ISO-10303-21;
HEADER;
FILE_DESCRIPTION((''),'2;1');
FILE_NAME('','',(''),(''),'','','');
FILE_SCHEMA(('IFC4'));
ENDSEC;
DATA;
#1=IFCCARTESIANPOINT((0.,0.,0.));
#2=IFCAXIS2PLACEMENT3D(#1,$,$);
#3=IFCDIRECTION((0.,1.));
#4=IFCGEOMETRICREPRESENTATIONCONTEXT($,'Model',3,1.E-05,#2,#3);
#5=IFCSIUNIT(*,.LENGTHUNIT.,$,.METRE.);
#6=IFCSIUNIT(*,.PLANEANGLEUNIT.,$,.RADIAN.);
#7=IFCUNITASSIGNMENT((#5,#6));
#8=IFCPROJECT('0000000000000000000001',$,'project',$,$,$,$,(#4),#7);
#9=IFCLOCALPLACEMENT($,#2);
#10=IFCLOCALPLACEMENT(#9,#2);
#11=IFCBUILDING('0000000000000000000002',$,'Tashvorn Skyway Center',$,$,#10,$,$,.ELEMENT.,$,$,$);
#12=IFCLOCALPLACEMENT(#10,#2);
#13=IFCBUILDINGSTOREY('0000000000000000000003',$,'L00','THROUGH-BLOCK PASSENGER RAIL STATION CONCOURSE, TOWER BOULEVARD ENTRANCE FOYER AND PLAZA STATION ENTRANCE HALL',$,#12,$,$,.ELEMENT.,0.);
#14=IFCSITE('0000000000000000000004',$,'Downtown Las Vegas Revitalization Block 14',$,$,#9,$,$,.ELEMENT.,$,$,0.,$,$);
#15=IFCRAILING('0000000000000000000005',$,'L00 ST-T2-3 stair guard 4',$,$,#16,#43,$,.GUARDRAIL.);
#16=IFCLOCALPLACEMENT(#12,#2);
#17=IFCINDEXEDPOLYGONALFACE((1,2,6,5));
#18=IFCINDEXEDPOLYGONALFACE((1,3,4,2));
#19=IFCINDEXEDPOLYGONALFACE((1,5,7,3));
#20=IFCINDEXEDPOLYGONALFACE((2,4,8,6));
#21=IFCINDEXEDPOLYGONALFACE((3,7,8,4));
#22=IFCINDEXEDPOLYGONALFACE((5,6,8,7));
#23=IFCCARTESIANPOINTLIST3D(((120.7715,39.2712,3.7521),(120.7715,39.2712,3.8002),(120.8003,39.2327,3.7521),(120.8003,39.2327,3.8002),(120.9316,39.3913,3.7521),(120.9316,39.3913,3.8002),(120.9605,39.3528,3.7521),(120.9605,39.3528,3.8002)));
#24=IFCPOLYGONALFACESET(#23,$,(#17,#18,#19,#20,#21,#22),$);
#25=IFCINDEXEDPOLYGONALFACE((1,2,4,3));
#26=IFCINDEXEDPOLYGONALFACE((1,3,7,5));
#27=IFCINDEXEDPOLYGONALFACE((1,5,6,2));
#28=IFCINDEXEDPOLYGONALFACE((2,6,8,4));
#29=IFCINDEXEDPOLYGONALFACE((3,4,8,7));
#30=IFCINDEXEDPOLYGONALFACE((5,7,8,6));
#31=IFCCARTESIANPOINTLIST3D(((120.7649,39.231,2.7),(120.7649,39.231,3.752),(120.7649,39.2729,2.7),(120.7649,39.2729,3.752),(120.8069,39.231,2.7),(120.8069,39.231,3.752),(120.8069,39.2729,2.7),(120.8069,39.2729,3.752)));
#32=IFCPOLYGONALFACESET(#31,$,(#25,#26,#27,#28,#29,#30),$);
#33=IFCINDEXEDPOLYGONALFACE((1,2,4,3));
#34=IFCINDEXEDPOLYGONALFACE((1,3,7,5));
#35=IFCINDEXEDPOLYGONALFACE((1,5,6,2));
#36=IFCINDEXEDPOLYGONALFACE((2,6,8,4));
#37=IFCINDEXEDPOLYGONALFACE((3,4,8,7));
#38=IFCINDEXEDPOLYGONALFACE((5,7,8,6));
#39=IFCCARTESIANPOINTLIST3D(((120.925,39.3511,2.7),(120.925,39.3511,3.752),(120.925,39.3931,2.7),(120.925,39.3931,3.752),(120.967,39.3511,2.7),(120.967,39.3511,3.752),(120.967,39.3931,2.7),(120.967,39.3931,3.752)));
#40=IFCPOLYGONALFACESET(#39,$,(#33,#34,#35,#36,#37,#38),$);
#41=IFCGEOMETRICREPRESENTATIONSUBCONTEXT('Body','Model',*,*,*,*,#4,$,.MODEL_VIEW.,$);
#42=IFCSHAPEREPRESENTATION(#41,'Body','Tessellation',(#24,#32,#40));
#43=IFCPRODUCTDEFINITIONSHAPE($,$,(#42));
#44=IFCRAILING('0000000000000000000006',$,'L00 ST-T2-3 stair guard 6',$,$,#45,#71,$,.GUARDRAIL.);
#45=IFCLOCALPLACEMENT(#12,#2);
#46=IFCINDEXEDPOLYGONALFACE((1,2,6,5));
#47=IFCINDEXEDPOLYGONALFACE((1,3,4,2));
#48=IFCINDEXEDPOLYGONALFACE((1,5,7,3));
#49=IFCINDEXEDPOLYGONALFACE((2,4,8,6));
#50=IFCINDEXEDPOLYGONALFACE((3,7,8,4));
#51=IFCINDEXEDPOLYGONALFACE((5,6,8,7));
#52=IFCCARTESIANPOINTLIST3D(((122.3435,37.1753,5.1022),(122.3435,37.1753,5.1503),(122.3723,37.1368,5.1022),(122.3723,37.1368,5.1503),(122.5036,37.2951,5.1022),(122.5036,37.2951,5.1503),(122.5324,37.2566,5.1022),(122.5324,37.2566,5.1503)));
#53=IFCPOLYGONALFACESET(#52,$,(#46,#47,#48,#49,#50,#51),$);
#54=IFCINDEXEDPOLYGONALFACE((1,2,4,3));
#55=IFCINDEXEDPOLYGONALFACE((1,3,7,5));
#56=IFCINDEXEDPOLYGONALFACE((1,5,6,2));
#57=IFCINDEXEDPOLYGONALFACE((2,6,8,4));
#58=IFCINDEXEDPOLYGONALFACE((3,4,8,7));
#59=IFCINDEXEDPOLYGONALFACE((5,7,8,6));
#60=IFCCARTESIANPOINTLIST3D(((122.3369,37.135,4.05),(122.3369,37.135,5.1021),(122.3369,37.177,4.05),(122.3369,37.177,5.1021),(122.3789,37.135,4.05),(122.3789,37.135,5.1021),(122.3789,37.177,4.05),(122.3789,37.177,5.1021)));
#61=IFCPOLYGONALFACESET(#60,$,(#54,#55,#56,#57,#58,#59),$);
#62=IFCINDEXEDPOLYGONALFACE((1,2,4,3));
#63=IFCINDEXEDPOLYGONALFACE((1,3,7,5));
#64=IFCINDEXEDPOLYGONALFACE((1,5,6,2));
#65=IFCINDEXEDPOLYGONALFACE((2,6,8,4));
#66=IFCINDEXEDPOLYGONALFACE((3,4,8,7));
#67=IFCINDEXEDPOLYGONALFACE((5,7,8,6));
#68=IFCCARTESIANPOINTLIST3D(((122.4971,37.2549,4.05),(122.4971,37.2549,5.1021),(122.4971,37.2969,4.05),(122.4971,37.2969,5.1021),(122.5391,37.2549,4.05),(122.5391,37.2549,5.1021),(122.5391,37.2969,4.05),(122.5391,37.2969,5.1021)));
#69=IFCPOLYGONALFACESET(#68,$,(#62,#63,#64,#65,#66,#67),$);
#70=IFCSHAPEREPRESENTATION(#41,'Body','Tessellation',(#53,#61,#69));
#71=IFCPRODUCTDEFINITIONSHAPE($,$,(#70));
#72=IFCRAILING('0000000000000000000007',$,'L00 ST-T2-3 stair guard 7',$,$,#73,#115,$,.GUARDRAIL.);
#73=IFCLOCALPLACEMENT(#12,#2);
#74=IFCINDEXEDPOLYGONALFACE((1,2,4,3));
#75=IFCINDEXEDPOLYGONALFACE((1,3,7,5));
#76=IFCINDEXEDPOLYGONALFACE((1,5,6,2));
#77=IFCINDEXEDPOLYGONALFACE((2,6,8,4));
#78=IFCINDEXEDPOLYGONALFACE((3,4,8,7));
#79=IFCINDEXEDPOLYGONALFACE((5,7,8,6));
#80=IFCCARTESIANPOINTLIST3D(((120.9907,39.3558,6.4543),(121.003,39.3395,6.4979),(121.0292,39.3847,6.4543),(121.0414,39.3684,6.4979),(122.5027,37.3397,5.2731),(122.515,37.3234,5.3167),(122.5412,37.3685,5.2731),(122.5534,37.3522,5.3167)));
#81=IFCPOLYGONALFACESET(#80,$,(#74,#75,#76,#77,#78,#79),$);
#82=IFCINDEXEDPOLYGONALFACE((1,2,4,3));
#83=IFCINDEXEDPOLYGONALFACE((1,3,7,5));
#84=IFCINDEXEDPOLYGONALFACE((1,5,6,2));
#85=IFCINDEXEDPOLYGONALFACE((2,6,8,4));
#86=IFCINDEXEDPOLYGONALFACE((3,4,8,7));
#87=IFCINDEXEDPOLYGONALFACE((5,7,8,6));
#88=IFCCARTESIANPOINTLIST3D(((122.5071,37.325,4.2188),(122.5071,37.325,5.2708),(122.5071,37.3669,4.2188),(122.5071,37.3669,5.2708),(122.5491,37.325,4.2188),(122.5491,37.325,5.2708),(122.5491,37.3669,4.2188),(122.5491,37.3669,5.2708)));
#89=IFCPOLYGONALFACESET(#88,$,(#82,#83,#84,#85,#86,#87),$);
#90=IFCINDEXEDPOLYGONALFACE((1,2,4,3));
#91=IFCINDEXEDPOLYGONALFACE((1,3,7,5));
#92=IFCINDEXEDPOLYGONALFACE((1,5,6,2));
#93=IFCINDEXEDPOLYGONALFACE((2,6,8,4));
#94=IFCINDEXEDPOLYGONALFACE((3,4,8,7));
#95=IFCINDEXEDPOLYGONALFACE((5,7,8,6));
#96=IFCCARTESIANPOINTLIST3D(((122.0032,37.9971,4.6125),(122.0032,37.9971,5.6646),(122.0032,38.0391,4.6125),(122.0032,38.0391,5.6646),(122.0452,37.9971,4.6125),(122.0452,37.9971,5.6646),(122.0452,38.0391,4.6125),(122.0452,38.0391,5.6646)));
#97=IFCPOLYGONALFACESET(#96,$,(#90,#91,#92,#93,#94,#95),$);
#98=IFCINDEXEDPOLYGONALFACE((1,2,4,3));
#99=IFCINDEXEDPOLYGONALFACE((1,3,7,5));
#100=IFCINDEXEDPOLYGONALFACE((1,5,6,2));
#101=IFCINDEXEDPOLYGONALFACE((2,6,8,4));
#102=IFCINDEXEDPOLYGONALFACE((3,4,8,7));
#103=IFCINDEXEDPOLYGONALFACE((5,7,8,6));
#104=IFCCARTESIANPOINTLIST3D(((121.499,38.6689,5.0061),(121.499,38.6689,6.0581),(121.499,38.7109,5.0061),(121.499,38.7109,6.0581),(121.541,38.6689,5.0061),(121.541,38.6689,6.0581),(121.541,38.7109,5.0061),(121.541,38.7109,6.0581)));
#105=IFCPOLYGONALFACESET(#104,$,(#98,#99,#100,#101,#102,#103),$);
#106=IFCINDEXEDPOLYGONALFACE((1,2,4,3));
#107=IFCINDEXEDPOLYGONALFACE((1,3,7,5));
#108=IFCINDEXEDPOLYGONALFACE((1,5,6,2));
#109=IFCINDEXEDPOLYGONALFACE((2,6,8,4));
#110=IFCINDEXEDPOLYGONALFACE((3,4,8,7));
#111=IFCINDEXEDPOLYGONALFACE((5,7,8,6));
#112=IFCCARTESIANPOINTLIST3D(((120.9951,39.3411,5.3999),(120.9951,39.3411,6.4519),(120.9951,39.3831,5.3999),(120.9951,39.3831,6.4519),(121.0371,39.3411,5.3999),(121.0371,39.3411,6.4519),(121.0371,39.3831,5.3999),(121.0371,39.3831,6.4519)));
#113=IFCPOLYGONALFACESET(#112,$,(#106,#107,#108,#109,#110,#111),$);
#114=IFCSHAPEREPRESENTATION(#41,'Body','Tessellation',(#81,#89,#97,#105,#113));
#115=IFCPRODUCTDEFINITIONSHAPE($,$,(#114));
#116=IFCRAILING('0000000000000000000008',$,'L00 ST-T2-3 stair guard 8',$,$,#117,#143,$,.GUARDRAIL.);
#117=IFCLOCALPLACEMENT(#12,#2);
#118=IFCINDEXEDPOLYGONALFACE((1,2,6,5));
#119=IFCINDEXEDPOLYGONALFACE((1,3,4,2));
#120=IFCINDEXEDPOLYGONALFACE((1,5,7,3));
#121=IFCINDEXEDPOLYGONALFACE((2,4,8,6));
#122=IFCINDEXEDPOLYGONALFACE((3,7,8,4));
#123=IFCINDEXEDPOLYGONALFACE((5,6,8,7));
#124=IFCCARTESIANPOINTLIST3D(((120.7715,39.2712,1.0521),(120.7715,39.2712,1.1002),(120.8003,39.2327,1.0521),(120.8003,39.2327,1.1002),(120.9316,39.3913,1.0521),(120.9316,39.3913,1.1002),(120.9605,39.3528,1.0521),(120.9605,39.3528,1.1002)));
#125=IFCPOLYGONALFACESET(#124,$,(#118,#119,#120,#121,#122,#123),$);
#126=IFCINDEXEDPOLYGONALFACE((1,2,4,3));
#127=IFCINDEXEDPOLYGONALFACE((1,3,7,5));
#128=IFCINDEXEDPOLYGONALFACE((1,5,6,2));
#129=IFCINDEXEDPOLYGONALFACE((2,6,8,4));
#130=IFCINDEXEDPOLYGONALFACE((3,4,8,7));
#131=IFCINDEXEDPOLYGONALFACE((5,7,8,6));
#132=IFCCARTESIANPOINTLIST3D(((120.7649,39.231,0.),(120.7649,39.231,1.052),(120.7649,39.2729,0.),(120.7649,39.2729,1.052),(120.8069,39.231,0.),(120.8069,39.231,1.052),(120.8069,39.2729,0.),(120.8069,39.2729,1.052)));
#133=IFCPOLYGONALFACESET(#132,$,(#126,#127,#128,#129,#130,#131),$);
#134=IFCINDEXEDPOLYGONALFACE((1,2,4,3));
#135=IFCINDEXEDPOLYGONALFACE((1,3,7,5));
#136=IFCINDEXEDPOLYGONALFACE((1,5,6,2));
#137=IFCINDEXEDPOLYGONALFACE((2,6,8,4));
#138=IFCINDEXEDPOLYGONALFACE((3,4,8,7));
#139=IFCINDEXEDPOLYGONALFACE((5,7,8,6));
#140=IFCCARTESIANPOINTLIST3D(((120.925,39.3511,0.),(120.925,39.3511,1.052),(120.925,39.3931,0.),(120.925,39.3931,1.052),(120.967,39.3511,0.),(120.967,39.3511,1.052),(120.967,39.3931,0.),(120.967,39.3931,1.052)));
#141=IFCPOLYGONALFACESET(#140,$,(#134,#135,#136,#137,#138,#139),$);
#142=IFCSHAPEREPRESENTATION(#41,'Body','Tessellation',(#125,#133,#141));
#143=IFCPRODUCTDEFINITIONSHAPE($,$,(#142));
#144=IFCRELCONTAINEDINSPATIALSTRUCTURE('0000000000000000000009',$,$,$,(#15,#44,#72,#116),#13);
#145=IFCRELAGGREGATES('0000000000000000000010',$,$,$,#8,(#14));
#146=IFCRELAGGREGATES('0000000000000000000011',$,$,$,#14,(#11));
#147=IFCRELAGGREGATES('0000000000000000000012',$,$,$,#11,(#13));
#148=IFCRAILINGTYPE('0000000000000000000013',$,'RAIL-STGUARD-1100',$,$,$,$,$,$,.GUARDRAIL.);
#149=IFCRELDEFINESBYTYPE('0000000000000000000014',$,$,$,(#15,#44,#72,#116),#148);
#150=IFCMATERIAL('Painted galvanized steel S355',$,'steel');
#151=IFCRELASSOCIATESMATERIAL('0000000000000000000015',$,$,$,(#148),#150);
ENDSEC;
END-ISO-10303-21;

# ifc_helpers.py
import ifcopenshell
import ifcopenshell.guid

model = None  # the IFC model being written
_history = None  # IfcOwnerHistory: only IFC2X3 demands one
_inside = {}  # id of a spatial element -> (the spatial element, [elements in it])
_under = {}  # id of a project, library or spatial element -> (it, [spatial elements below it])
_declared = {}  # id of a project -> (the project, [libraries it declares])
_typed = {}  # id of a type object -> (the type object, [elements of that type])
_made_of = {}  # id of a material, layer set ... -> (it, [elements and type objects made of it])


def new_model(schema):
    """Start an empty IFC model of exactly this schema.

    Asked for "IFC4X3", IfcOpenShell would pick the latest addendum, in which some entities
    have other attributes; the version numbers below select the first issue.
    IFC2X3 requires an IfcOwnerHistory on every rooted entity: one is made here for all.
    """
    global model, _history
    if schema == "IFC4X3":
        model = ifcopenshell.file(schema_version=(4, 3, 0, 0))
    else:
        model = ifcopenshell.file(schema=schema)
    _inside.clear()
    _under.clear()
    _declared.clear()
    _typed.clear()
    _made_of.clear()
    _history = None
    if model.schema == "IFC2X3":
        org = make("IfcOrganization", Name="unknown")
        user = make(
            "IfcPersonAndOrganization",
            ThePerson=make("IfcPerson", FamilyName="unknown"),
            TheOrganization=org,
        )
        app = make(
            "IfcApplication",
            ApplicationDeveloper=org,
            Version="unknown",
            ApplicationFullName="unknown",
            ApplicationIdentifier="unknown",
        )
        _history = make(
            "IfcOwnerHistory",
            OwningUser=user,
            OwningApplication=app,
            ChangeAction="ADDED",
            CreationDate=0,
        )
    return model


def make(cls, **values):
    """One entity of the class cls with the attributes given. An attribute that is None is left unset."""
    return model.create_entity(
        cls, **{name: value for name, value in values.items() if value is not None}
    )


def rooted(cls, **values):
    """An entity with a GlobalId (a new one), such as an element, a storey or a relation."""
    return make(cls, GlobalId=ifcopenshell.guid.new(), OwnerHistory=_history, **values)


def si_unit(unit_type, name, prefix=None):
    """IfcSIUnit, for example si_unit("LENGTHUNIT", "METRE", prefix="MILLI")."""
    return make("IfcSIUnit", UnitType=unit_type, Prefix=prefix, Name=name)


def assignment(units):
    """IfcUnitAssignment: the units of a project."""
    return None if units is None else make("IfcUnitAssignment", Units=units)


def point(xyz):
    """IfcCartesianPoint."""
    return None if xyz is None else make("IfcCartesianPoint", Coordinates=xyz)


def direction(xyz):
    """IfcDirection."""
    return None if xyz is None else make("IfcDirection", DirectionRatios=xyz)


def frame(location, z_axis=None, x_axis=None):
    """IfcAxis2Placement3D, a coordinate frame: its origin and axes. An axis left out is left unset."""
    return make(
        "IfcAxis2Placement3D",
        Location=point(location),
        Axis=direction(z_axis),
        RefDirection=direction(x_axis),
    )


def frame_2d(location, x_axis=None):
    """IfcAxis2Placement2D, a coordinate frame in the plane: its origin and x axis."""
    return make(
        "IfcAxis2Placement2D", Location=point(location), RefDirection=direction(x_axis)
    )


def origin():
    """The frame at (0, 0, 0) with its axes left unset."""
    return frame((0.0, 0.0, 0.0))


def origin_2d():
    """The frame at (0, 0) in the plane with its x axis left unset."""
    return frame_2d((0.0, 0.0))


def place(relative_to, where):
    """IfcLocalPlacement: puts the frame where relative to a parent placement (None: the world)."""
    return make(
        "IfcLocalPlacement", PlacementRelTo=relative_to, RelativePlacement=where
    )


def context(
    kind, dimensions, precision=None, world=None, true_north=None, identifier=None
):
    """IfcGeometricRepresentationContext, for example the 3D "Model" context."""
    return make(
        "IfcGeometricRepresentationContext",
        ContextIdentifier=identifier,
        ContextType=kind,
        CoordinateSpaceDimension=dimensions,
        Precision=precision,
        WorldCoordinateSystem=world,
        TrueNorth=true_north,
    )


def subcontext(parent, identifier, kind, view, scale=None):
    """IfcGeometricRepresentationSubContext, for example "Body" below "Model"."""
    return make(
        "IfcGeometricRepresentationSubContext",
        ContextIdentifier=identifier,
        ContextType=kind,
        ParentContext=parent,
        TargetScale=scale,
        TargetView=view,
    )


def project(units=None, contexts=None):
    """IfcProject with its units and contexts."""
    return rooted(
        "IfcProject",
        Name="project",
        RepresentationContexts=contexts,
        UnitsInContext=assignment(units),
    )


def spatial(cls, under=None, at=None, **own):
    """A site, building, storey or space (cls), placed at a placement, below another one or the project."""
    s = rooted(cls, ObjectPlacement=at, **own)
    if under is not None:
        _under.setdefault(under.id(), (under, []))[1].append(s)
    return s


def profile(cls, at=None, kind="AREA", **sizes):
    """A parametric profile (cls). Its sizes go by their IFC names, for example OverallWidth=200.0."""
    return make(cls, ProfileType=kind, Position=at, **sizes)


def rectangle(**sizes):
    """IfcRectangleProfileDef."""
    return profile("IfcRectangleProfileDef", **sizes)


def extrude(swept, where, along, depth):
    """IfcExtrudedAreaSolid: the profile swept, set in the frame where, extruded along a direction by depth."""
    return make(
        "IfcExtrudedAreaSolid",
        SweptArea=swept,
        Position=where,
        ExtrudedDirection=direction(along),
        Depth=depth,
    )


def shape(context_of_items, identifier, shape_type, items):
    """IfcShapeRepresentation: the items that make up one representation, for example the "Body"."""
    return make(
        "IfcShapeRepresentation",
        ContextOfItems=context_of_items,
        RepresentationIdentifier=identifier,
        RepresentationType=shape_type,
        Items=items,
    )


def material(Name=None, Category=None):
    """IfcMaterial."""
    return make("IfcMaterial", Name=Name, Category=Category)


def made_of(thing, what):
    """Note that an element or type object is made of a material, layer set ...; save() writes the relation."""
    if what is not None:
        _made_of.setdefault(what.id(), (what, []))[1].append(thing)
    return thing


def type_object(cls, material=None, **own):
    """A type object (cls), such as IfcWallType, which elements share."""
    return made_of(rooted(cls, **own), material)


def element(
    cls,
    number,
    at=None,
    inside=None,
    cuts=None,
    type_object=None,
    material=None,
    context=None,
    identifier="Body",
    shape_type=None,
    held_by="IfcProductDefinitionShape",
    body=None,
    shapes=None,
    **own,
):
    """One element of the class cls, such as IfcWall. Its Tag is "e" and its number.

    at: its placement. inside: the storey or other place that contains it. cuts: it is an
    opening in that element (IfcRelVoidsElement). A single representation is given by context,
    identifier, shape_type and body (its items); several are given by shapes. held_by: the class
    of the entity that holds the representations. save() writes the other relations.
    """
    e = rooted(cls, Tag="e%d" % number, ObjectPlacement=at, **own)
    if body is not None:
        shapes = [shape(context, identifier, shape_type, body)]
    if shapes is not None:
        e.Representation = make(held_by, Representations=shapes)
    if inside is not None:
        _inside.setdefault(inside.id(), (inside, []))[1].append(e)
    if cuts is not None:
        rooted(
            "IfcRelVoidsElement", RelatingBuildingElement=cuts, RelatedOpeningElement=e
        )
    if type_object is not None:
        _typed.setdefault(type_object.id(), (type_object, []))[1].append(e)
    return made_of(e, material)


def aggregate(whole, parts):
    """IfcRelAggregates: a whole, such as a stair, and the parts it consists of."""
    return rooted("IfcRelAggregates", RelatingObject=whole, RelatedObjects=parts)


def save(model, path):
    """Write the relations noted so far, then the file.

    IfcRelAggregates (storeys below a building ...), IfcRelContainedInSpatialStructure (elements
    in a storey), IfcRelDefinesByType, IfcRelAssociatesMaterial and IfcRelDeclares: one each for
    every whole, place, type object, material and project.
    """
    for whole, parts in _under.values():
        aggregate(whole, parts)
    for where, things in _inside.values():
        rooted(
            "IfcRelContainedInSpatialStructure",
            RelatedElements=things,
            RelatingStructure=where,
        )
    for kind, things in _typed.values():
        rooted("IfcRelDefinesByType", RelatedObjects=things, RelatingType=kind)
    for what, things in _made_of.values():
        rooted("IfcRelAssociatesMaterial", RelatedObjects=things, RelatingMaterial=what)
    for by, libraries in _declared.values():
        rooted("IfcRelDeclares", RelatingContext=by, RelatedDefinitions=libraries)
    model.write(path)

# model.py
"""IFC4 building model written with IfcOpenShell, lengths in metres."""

from ifc_helpers import new_model, si_unit, direction, frame, origin, origin_2d, place, context, subcontext, project, spatial, rectangle, extrude, material, type_object, element, save


model = new_model("IFC4")

# Units and contexts
model_context = context("Model", 3, precision=1e-05, world=origin(), true_north=direction((0.0, 1.0)))
body_context = subcontext(model_context, "Body", "Model", "MODEL_VIEW")
ifc_project = project(units=[si_unit("LENGTHUNIT", "METRE"), si_unit("PLANEANGLEUNIT", "RADIAN")], contexts=[model_context])

# Site, building, storey
site_placement = place(None, origin())
site = spatial("IfcSite", under=ifc_project, at=site_placement, Name="Downtown Las Vegas Revitalization Block 14", CompositionType="ELEMENT", RefElevation=0.0)
building_placement = place(site_placement, origin())
building = spatial("IfcBuilding", under=site, at=building_placement, Name="Tashvorn Skyway Center", CompositionType="ELEMENT")
storey_placement = place(building_placement, origin())
storey = spatial("IfcBuildingStorey", under=building, at=storey_placement, Name="L00", Description="THROUGH-BLOCK PASSENGER RAIL STATION CONCOURSE, TOWER BOULEVARD ENTRANCE FOYER AND PLAZA STATION ENTRANCE HALL", CompositionType="ELEMENT", Elevation=0.0)

# Railings
ifc_material_1 = material(Name="Painted galvanized steel S355", Category="steel")
railing_type_1 = type_object("IfcRailingType", Name="RAIL-STGUARD-1100", PredefinedType="GUARDRAIL", material=ifc_material_1)
railing_1_placement = place(storey_placement, frame((120.7859, 39.252, 2.7)))
element("IfcRailing", 1, at=railing_1_placement, inside=storey, type_object=railing_type_1, Name="L00 ST-T2-3 stair guard 4", PredefinedType="GUARDRAIL", context=body_context, shape_type="SweptSolid", body=[
    extrude(rectangle(XDim=0.0481, YDim=0.0481, at=origin_2d()), frame((0.0, 0.0, 1.0762), z_axis=(0.8, 0.6, 0.0), x_axis=(-0.6, 0.8, 0.0)), (0.0, 0.0, 1.0), 0.2002),
    extrude(rectangle(XDim=0.042, YDim=0.042, at=origin_2d()), origin(), (0.0, 0.0, 1.0), 1.052),
    extrude(rectangle(XDim=0.042, YDim=0.042, at=origin_2d()), frame((0.1602, 0.1201, 0.0)), (0.0, 0.0, 1.0), 1.052),
])
railing_2_placement = place(storey_placement, frame((122.3579, 37.156, 4.05)))
element("IfcRailing", 2, at=railing_2_placement, inside=storey, type_object=railing_type_1, Name="L00 ST-T2-3 stair guard 6", PredefinedType="GUARDRAIL", context=body_context, shape_type="SweptSolid", body=[
    extrude(rectangle(XDim=0.0481, YDim=0.0481, at=origin_2d()), frame((0.0, 0.0, 1.0762), z_axis=(0.800585, 0.599219, 0.0), x_axis=(-0.599219, 0.800585, 0.0)), (0.0, 0.0, 1.0), 0.2),
    extrude(rectangle(XDim=0.042, YDim=0.042, at=origin_2d()), origin(), (0.0, 0.0, 1.0), 1.052),
    extrude(rectangle(XDim=0.042, YDim=0.042, at=origin_2d()), frame((0.1602, 0.1199, 0.0)), (0.0, 0.0, 1.0), 1.052),
])
railing_3_placement = place(storey_placement, frame((122.5281, 37.3459, 4.2188)))
element("IfcRailing", 3, at=railing_3_placement, inside=storey, type_object=railing_type_1, Name="L00 ST-T2-3 stair guard 7", PredefinedType="GUARDRAIL", context=body_context, shape_type="SweptSolid", body=[
    extrude(rectangle(XDim=0.0481, YDim=0.0481, at=origin_2d()), frame((0.0, 0.0, 1.0762), z_axis=(-0.543258, 0.724403, 0.424396), x_axis=(-0.800023, -0.599969, 0.0)), (0.0, 0.0, 1.0), 2.7832),
    extrude(rectangle(XDim=0.042, YDim=0.042, at=origin_2d()), origin(), (0.0, 0.0, 1.0), 1.052),
    extrude(rectangle(XDim=0.042, YDim=0.042, at=origin_2d()), frame((-0.5039, 0.6721, 0.3938)), (0.0, 0.0, 1.0), 1.052),
    extrude(rectangle(XDim=0.042, YDim=0.042, at=origin_2d()), frame((-1.0081, 1.344, 0.7874)), (0.0, 0.0, 1.0), 1.052),
    extrude(rectangle(XDim=0.042, YDim=0.042, at=origin_2d()), frame((-1.512, 2.0161, 1.1812)), (0.0, 0.0, 1.0), 1.052),
])
railing_4_placement = place(storey_placement, frame((120.7859, 39.252, 0.0)))
element("IfcRailing", 4, at=railing_4_placement, inside=storey, type_object=railing_type_1, Name="L00 ST-T2-3 stair guard 8", PredefinedType="GUARDRAIL", context=body_context, shape_type="SweptSolid", body=[
    extrude(rectangle(XDim=0.0481, YDim=0.0481, at=origin_2d()), frame((0.0, 0.0, 1.0762), z_axis=(0.8, 0.6, 0.0), x_axis=(-0.6, 0.8, 0.0)), (0.0, 0.0, 1.0), 0.2002),
    extrude(rectangle(XDim=0.042, YDim=0.042, at=origin_2d()), origin(), (0.0, 0.0, 1.0), 1.052),
    extrude(rectangle(XDim=0.042, YDim=0.042, at=origin_2d()), frame((0.1602, 0.1201, 0.0)), (0.0, 0.0, 1.0), 1.052),
])

save(model, "model.ifc")
